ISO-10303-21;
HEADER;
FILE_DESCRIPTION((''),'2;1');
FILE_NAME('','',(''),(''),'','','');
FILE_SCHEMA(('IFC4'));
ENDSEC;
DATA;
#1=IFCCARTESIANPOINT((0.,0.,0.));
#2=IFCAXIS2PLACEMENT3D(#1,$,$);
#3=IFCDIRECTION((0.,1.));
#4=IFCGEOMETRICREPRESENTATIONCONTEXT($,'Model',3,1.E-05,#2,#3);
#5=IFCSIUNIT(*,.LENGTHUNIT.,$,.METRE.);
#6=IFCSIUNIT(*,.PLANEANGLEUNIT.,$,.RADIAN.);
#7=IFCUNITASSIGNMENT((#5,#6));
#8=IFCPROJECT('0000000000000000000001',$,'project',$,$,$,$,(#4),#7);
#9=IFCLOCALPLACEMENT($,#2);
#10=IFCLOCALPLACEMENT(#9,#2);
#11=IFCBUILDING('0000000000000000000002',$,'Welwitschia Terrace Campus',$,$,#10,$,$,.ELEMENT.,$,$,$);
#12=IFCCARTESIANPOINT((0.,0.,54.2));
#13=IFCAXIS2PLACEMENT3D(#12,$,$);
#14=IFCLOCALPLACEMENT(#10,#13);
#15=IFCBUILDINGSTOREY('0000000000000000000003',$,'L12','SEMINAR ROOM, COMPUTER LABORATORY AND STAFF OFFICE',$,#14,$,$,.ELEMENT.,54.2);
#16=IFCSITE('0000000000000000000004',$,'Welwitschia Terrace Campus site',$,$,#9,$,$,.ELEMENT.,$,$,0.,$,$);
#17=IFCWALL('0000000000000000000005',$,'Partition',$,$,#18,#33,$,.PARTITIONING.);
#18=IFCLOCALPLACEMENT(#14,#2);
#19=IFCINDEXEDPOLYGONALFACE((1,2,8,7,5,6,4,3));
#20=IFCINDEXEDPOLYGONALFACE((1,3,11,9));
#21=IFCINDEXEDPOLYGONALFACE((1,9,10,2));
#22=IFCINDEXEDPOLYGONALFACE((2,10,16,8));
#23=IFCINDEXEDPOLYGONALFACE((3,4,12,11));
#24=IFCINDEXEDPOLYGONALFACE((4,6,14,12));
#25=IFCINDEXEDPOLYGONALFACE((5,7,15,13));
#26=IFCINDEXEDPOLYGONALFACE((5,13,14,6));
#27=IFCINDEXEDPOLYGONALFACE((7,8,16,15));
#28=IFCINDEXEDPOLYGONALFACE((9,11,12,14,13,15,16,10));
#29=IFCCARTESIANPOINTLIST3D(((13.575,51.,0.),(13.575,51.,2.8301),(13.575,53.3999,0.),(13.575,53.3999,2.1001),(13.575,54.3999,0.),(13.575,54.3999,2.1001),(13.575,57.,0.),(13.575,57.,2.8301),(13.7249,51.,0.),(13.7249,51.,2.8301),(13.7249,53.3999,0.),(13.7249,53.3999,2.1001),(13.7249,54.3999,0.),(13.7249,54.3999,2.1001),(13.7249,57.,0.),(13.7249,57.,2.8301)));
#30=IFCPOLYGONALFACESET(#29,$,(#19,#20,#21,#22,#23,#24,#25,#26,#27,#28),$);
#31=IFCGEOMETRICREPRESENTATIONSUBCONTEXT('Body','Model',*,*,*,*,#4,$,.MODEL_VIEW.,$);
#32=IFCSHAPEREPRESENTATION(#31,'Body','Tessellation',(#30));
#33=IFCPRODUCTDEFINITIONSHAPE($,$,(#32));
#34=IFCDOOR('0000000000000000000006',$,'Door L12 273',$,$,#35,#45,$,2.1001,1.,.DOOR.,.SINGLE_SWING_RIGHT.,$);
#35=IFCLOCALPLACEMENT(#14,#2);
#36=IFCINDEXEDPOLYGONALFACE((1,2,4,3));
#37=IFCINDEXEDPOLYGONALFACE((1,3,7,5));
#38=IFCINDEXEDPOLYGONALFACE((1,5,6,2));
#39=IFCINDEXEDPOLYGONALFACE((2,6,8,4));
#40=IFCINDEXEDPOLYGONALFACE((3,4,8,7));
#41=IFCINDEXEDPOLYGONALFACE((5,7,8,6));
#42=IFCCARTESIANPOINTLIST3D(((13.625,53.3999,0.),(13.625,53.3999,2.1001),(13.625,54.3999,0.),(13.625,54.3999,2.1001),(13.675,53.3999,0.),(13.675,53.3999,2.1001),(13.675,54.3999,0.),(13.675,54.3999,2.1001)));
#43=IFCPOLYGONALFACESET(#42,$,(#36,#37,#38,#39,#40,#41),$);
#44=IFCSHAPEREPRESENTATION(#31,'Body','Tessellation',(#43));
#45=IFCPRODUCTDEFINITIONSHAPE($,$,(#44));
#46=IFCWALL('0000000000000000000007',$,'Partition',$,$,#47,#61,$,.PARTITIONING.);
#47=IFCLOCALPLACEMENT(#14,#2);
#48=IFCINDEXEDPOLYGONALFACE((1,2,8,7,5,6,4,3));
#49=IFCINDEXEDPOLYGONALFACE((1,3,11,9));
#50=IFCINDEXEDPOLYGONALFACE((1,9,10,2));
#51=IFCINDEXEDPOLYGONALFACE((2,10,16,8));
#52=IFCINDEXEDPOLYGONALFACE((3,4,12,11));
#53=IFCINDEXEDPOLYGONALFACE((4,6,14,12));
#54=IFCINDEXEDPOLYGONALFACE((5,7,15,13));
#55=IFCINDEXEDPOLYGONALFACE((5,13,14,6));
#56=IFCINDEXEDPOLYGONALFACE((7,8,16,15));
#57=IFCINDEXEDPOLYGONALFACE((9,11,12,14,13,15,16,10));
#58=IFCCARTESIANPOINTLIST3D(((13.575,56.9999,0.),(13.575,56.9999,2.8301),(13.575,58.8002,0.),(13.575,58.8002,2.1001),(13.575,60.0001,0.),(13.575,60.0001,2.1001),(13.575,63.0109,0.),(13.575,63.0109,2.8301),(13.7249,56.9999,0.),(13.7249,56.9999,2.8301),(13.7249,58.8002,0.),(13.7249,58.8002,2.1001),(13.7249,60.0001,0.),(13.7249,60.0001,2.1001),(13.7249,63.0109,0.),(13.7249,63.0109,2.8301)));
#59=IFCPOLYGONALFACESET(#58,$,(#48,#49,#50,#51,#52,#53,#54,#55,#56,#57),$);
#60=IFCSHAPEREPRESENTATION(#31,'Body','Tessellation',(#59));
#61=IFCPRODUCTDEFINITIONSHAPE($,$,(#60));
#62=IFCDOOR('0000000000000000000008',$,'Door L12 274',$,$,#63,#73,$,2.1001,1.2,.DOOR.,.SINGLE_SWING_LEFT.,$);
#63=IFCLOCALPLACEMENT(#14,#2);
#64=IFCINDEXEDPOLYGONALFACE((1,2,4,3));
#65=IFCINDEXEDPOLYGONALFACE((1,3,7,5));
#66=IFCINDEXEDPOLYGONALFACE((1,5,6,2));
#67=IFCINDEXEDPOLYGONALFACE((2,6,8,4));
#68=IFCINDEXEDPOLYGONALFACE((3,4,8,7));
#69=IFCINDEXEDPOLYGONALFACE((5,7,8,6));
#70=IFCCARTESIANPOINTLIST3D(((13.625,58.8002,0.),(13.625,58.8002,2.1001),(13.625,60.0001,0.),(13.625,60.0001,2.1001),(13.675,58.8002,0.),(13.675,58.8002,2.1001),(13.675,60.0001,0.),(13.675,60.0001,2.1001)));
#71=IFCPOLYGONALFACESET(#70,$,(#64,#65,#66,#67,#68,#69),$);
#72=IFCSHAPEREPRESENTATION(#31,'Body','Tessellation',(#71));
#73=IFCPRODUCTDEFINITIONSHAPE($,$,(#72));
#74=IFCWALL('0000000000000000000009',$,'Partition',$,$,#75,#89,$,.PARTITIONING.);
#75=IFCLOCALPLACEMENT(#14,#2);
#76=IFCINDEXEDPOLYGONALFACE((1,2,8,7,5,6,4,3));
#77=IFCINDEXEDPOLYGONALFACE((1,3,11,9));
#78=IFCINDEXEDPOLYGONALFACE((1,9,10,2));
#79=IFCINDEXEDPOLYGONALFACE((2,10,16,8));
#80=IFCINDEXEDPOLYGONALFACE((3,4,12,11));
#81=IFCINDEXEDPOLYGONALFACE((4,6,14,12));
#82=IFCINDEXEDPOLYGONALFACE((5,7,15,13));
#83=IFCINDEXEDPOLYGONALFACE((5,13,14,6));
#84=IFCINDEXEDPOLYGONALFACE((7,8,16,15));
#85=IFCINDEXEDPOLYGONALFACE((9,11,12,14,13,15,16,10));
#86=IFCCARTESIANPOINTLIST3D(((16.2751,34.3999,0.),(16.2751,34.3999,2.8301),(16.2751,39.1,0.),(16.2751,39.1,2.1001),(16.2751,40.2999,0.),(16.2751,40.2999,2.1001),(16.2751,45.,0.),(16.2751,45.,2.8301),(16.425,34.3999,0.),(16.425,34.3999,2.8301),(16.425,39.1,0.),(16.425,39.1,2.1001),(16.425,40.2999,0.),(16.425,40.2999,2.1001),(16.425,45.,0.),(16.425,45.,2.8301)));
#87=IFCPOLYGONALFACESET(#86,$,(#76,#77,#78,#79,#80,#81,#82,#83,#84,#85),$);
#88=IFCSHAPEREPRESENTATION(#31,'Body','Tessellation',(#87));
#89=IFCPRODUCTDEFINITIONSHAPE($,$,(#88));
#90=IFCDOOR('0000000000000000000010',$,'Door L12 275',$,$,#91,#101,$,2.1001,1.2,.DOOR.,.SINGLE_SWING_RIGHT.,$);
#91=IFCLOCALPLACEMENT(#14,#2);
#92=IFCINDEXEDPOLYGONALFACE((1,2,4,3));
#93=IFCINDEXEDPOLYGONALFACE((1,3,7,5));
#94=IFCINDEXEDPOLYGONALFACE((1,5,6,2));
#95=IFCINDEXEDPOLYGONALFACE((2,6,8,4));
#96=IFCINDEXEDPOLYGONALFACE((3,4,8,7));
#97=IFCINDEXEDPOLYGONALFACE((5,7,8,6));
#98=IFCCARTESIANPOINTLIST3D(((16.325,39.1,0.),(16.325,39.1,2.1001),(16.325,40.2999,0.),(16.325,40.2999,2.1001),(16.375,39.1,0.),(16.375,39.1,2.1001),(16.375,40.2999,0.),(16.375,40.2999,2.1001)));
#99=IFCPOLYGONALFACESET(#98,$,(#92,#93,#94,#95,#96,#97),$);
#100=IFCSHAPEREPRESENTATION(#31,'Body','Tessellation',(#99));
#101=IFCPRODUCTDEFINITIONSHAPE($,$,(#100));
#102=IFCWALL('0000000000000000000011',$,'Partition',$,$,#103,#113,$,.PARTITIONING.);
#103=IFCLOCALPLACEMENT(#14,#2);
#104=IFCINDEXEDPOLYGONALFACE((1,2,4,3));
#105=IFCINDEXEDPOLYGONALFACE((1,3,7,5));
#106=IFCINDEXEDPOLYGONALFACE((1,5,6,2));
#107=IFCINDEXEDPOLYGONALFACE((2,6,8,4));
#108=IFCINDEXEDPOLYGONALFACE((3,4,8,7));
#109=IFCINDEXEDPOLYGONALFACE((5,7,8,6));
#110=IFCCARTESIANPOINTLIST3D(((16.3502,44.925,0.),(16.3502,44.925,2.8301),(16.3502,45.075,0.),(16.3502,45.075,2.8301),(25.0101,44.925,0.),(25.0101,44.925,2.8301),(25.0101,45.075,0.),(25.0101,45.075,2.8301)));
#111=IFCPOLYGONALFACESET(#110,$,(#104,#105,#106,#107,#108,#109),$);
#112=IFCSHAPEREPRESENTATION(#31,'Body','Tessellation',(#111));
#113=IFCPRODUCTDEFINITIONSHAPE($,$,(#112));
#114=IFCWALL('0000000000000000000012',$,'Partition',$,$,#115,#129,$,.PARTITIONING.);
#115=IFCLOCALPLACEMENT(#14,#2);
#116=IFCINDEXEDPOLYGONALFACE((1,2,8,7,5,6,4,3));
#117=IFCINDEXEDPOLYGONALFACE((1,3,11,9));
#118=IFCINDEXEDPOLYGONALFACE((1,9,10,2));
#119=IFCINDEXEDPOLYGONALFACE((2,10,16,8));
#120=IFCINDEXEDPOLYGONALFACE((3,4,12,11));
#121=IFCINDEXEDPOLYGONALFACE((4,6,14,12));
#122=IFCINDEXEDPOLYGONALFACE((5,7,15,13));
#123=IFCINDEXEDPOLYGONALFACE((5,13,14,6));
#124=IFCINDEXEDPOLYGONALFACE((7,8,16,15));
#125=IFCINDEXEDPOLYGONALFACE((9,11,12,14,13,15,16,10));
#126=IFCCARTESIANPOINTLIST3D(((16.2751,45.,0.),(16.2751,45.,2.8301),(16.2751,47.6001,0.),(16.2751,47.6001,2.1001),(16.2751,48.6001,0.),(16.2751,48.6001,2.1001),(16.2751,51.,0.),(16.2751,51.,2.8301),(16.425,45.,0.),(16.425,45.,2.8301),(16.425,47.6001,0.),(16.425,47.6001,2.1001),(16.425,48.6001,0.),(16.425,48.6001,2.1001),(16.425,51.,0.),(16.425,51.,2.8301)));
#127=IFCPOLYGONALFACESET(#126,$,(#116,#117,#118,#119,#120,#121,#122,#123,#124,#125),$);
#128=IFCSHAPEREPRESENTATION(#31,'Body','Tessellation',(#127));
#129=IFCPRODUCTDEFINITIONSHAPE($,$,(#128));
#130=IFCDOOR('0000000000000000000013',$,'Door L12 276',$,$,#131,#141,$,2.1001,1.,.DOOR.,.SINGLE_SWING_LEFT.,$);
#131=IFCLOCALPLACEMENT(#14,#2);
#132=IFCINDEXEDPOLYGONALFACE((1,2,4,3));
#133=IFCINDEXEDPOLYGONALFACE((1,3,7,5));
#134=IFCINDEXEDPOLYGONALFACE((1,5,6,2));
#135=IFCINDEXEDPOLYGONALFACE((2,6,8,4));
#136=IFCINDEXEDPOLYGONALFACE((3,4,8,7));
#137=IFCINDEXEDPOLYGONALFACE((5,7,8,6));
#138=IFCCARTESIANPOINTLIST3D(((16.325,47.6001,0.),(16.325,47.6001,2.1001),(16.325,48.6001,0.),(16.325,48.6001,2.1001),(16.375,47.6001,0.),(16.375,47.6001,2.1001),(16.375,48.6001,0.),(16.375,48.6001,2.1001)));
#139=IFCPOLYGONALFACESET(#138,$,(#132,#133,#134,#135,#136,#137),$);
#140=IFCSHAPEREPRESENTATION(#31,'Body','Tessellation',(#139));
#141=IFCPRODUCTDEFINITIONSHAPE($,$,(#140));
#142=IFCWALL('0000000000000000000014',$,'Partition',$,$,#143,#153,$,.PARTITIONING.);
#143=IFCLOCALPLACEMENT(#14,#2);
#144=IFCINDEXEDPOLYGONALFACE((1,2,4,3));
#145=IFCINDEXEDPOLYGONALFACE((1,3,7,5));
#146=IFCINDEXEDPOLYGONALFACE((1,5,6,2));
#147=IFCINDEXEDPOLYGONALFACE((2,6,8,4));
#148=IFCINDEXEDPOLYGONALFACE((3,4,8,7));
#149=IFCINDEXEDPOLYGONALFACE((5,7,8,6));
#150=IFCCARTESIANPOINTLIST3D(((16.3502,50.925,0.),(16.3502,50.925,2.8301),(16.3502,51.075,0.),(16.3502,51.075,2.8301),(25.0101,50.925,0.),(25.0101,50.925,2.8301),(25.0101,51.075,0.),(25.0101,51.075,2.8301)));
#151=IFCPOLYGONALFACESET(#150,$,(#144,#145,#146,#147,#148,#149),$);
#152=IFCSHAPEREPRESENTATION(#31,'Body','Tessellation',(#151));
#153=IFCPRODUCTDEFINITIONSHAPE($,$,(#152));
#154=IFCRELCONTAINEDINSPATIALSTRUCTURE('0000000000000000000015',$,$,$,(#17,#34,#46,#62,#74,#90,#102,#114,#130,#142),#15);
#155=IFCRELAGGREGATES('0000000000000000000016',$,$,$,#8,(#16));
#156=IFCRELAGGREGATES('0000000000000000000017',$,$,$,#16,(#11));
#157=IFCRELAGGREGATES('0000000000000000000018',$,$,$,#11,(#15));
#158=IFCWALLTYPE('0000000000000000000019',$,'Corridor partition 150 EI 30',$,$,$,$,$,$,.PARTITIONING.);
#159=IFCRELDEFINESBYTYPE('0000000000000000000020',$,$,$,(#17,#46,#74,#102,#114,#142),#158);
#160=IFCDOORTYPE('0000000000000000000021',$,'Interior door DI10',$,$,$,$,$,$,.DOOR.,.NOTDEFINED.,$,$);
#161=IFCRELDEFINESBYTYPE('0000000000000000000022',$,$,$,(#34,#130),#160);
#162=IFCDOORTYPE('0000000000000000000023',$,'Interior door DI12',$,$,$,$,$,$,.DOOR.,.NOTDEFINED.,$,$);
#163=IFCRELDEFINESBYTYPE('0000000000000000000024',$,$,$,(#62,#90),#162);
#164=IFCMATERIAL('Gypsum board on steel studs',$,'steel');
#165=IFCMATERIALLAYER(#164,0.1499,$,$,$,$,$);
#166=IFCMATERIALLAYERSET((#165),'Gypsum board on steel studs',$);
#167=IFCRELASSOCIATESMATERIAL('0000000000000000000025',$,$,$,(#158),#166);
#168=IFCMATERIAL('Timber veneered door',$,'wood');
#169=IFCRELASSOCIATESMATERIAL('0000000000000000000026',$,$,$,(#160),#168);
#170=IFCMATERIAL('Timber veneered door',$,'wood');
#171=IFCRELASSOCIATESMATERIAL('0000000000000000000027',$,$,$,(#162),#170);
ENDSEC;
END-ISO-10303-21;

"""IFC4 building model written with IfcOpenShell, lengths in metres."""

from ifc_helpers import new_model, si_unit, direction, frame, frame_2d, origin, place, context, subcontext, project, spatial, rectangle, extrude, material, layer, layer_set, type_object, element, fill, save


model = new_model("IFC4")

# Units and contexts
model_context = context("Model", 3, precision=1e-05, world=origin(), true_north=direction((0.0, 1.0)))
body_context = subcontext(model_context, "Body", "Model", "MODEL_VIEW")
ifc_project = project(units=[si_unit("LENGTHUNIT", "METRE"), si_unit("PLANEANGLEUNIT", "RADIAN")], contexts=[model_context])

# Site, building, storey
site_placement = place(None, origin())
site = spatial("IfcSite", under=ifc_project, at=site_placement, Name="Welwitschia Terrace Campus site", CompositionType="ELEMENT", RefElevation=0.0)
building_placement = place(site_placement, origin())
building = spatial("IfcBuilding", under=site, at=building_placement, Name="Welwitschia Terrace Campus", CompositionType="ELEMENT")
storey_placement = place(building_placement, frame((0.0, 0.0, 54.2)))
storey = spatial("IfcBuildingStorey", under=building, at=storey_placement, Name="L12", Description="SEMINAR ROOM, COMPUTER LABORATORY AND STAFF OFFICE", CompositionType="ELEMENT", Elevation=54.2)

# Walls, openings, doors
ifc_material_1 = material(Name="Gypsum board on steel studs", Category="steel")
ifc_layer_1 = layer(ifc_material_1, 0.1499)
ifc_layer_set_1 = layer_set([ifc_layer_1], Name="Gypsum board on steel studs")
wall_type_1 = type_object("IfcWallType", Name="Corridor partition 150 EI 30", PredefinedType="PARTITIONING", material=ifc_layer_set_1)
wall_1_placement = place(storey_placement, frame((13.6499, 51.0, 0.0), z_axis=(0.0, 0.0, 1.0), x_axis=(0.0, 1.0, 0.0)))
wall_1 = element("IfcWall", 1, at=wall_1_placement, inside=storey, type_object=wall_type_1, Name="Partition", PredefinedType="PARTITIONING", context=body_context, shape_type="SweptSolid", body=[
    extrude(rectangle(XDim=6.0, YDim=0.1499, at=frame_2d((3.0, 0.0))), origin(), (0.0, 0.0, 1.0), 2.8301),
])
opening_1_placement = place(wall_1_placement, frame((2.3999, 0.0, 0.0)))
opening_1 = element("IfcOpeningElement", 2, at=opening_1_placement, cuts=wall_1, PredefinedType="OPENING", context=body_context, shape_type="SweptSolid", body=[
    extrude(rectangle(XDim=1.0, YDim=2.1001, at=frame_2d((0.5, 1.05))), frame((0.0, 0.085, 0.0), z_axis=(0.0, -1.0, 0.0), x_axis=(1.0, 0.0, 0.0)), (0.0, 0.0, 1.0), 0.1699),
])
ifc_material_2 = material(Name="Timber veneered door", Category="wood")
door_type_1 = type_object("IfcDoorType", Name="Interior door DI10", OperationType="NOTDEFINED", PredefinedType="DOOR", material=ifc_material_2)
door_1_placement = place(opening_1_placement, origin())
door_1 = element("IfcDoor", 3, at=door_1_placement, inside=storey, type_object=door_type_1, Name="Door L12 273", OperationType="SINGLE_SWING_RIGHT", OverallHeight=2.1001, OverallWidth=1.0, PredefinedType="DOOR", context=body_context, shape_type="SweptSolid", body=[
    extrude(rectangle(XDim=1.0, YDim=2.1001, at=frame_2d((0.5, 1.05))), frame((0.0, 0.0249, 0.0), z_axis=(0.0, -1.0, 0.0), x_axis=(1.0, 0.0, 0.0)), (0.0, 0.0, 1.0), 0.05),
])
fill(opening_1, door_1)
wall_2_placement = place(storey_placement, frame((13.6499, 57.0, 0.0), z_axis=(0.0, 0.0, 1.0), x_axis=(0.0, 1.0, 0.0)))
wall_2 = element("IfcWall", 4, at=wall_2_placement, inside=storey, type_object=wall_type_1, Name="Partition", PredefinedType="PARTITIONING", context=body_context, shape_type="SweptSolid", body=[
    extrude(rectangle(XDim=6.011, YDim=0.1499, at=frame_2d((3.0054, 0.0))), origin(), (0.0, 0.0, 1.0), 2.8301),
])
opening_2_placement = place(wall_2_placement, frame((1.8, 0.0, 0.0)))
opening_2 = element("IfcOpeningElement", 5, at=opening_2_placement, cuts=wall_2, PredefinedType="OPENING", context=body_context, shape_type="SweptSolid", body=[
    extrude(rectangle(XDim=1.2, YDim=2.1001, at=frame_2d((0.6001, 1.05))), frame((0.0, 0.085, 0.0), z_axis=(0.0, -1.0, 0.0), x_axis=(1.0, 0.0, 0.0)), (0.0, 0.0, 1.0), 0.1699),
])
ifc_material_3 = material(Name="Timber veneered door", Category="wood")
door_type_2 = type_object("IfcDoorType", Name="Interior door DI12", OperationType="NOTDEFINED", PredefinedType="DOOR", material=ifc_material_3)
door_2_placement = place(opening_2_placement, origin())
door_2 = element("IfcDoor", 6, at=door_2_placement, inside=storey, type_object=door_type_2, Name="Door L12 274", OperationType="SINGLE_SWING_LEFT", OverallHeight=2.1001, OverallWidth=1.2, PredefinedType="DOOR", context=body_context, shape_type="SweptSolid", body=[
    extrude(rectangle(XDim=1.2, YDim=2.1001, at=frame_2d((0.6001, 1.05))), frame((0.0, 0.0249, 0.0), z_axis=(0.0, -1.0, 0.0), x_axis=(1.0, 0.0, 0.0)), (0.0, 0.0, 1.0), 0.05),
])
fill(opening_2, door_2)
wall_3_placement = place(storey_placement, frame((16.3501, 45.0, 0.0), z_axis=(0.0, 0.0, 1.0), x_axis=(0.0, -1.0, 0.0)))
wall_3 = element("IfcWall", 7, at=wall_3_placement, inside=storey, type_object=wall_type_1, Name="Partition", PredefinedType="PARTITIONING", context=body_context, shape_type="SweptSolid", body=[
    extrude(rectangle(XDim=10.6001, YDim=0.1499, at=frame_2d((5.3, 0.0))), origin(), (0.0, 0.0, 1.0), 2.8301),
])
opening_3_placement = place(wall_3_placement, frame((4.7, 0.0, 0.0)))
opening_3 = element("IfcOpeningElement", 8, at=opening_3_placement, cuts=wall_3, PredefinedType="OPENING", context=body_context, shape_type="SweptSolid", body=[
    extrude(rectangle(XDim=1.2, YDim=2.1001, at=frame_2d((0.6001, 1.05))), frame((0.0, 0.085, 0.0), z_axis=(0.0, -1.0, 0.0), x_axis=(1.0, 0.0, 0.0)), (0.0, 0.0, 1.0), 0.1699),
])
door_3_placement = place(opening_3_placement, origin())
door_3 = element("IfcDoor", 9, at=door_3_placement, inside=storey, type_object=door_type_2, Name="Door L12 275", OperationType="SINGLE_SWING_RIGHT", OverallHeight=2.1001, OverallWidth=1.2, PredefinedType="DOOR", context=body_context, shape_type="SweptSolid", body=[
    extrude(rectangle(XDim=1.2, YDim=2.1001, at=frame_2d((0.6001, 1.05))), frame((0.0, 0.0249, 0.0), z_axis=(0.0, -1.0, 0.0), x_axis=(1.0, 0.0, 0.0)), (0.0, 0.0, 1.0), 0.05),
])
fill(opening_3, door_3)

# Wall
wall_4_placement = place(storey_placement, frame((16.3501, 45.0, 0.0), z_axis=(0.0, 0.0, 1.0), x_axis=(1.0, 0.0, 0.0)))
element("IfcWall", 10, at=wall_4_placement, inside=storey, type_object=wall_type_1, Name="Partition", PredefinedType="PARTITIONING", context=body_context, shape_type="SweptSolid", body=[
    extrude(rectangle(XDim=8.6599, YDim=0.1499, at=frame_2d((4.3301, 0.0))), origin(), (0.0, 0.0, 1.0), 2.8301),
])

# Wall, opening, door
wall_5_placement = place(storey_placement, frame((16.3501, 51.0, 0.0), z_axis=(0.0, 0.0, 1.0), x_axis=(0.0, -1.0, 0.0)))
wall_5 = element("IfcWall", 11, at=wall_5_placement, inside=storey, type_object=wall_type_1, Name="Partition", PredefinedType="PARTITIONING", context=body_context, shape_type="SweptSolid", body=[
    extrude(rectangle(XDim=6.0, YDim=0.1499, at=frame_2d((3.0, 0.0))), origin(), (0.0, 0.0, 1.0), 2.8301),
])
opening_4_placement = place(wall_5_placement, frame((2.3999, 0.0, 0.0)))
opening_4 = element("IfcOpeningElement", 12, at=opening_4_placement, cuts=wall_5, PredefinedType="OPENING", context=body_context, shape_type="SweptSolid", body=[
    extrude(rectangle(XDim=1.0, YDim=2.1001, at=frame_2d((0.5, 1.05))), frame((0.0, 0.085, 0.0), z_axis=(0.0, -1.0, 0.0), x_axis=(1.0, 0.0, 0.0)), (0.0, 0.0, 1.0), 0.1699),
])
door_4_placement = place(opening_4_placement, origin())
door_4 = element("IfcDoor", 13, at=door_4_placement, inside=storey, type_object=door_type_1, Name="Door L12 276", OperationType="SINGLE_SWING_LEFT", OverallHeight=2.1001, OverallWidth=1.0, PredefinedType="DOOR", context=body_context, shape_type="SweptSolid", body=[
    extrude(rectangle(XDim=1.0, YDim=2.1001, at=frame_2d((0.5, 1.05))), frame((0.0, 0.0249, 0.0), z_axis=(0.0, -1.0, 0.0), x_axis=(1.0, 0.0, 0.0)), (0.0, 0.0, 1.0), 0.05),
])
fill(opening_4, door_4)

# Wall
wall_6_placement = place(storey_placement, frame((16.3501, 51.0, 0.0), z_axis=(0.0, 0.0, 1.0), x_axis=(1.0, 0.0, 0.0)))
element("IfcWall", 14, at=wall_6_placement, inside=storey, type_object=wall_type_1, Name="Partition", PredefinedType="PARTITIONING", context=body_context, shape_type="SweptSolid", body=[
    extrude(rectangle(XDim=8.6599, YDim=0.1499, at=frame_2d((4.3301, 0.0))), origin(), (0.0, 0.0, 1.0), 2.8301),
])

save(model, "model.ifc")
